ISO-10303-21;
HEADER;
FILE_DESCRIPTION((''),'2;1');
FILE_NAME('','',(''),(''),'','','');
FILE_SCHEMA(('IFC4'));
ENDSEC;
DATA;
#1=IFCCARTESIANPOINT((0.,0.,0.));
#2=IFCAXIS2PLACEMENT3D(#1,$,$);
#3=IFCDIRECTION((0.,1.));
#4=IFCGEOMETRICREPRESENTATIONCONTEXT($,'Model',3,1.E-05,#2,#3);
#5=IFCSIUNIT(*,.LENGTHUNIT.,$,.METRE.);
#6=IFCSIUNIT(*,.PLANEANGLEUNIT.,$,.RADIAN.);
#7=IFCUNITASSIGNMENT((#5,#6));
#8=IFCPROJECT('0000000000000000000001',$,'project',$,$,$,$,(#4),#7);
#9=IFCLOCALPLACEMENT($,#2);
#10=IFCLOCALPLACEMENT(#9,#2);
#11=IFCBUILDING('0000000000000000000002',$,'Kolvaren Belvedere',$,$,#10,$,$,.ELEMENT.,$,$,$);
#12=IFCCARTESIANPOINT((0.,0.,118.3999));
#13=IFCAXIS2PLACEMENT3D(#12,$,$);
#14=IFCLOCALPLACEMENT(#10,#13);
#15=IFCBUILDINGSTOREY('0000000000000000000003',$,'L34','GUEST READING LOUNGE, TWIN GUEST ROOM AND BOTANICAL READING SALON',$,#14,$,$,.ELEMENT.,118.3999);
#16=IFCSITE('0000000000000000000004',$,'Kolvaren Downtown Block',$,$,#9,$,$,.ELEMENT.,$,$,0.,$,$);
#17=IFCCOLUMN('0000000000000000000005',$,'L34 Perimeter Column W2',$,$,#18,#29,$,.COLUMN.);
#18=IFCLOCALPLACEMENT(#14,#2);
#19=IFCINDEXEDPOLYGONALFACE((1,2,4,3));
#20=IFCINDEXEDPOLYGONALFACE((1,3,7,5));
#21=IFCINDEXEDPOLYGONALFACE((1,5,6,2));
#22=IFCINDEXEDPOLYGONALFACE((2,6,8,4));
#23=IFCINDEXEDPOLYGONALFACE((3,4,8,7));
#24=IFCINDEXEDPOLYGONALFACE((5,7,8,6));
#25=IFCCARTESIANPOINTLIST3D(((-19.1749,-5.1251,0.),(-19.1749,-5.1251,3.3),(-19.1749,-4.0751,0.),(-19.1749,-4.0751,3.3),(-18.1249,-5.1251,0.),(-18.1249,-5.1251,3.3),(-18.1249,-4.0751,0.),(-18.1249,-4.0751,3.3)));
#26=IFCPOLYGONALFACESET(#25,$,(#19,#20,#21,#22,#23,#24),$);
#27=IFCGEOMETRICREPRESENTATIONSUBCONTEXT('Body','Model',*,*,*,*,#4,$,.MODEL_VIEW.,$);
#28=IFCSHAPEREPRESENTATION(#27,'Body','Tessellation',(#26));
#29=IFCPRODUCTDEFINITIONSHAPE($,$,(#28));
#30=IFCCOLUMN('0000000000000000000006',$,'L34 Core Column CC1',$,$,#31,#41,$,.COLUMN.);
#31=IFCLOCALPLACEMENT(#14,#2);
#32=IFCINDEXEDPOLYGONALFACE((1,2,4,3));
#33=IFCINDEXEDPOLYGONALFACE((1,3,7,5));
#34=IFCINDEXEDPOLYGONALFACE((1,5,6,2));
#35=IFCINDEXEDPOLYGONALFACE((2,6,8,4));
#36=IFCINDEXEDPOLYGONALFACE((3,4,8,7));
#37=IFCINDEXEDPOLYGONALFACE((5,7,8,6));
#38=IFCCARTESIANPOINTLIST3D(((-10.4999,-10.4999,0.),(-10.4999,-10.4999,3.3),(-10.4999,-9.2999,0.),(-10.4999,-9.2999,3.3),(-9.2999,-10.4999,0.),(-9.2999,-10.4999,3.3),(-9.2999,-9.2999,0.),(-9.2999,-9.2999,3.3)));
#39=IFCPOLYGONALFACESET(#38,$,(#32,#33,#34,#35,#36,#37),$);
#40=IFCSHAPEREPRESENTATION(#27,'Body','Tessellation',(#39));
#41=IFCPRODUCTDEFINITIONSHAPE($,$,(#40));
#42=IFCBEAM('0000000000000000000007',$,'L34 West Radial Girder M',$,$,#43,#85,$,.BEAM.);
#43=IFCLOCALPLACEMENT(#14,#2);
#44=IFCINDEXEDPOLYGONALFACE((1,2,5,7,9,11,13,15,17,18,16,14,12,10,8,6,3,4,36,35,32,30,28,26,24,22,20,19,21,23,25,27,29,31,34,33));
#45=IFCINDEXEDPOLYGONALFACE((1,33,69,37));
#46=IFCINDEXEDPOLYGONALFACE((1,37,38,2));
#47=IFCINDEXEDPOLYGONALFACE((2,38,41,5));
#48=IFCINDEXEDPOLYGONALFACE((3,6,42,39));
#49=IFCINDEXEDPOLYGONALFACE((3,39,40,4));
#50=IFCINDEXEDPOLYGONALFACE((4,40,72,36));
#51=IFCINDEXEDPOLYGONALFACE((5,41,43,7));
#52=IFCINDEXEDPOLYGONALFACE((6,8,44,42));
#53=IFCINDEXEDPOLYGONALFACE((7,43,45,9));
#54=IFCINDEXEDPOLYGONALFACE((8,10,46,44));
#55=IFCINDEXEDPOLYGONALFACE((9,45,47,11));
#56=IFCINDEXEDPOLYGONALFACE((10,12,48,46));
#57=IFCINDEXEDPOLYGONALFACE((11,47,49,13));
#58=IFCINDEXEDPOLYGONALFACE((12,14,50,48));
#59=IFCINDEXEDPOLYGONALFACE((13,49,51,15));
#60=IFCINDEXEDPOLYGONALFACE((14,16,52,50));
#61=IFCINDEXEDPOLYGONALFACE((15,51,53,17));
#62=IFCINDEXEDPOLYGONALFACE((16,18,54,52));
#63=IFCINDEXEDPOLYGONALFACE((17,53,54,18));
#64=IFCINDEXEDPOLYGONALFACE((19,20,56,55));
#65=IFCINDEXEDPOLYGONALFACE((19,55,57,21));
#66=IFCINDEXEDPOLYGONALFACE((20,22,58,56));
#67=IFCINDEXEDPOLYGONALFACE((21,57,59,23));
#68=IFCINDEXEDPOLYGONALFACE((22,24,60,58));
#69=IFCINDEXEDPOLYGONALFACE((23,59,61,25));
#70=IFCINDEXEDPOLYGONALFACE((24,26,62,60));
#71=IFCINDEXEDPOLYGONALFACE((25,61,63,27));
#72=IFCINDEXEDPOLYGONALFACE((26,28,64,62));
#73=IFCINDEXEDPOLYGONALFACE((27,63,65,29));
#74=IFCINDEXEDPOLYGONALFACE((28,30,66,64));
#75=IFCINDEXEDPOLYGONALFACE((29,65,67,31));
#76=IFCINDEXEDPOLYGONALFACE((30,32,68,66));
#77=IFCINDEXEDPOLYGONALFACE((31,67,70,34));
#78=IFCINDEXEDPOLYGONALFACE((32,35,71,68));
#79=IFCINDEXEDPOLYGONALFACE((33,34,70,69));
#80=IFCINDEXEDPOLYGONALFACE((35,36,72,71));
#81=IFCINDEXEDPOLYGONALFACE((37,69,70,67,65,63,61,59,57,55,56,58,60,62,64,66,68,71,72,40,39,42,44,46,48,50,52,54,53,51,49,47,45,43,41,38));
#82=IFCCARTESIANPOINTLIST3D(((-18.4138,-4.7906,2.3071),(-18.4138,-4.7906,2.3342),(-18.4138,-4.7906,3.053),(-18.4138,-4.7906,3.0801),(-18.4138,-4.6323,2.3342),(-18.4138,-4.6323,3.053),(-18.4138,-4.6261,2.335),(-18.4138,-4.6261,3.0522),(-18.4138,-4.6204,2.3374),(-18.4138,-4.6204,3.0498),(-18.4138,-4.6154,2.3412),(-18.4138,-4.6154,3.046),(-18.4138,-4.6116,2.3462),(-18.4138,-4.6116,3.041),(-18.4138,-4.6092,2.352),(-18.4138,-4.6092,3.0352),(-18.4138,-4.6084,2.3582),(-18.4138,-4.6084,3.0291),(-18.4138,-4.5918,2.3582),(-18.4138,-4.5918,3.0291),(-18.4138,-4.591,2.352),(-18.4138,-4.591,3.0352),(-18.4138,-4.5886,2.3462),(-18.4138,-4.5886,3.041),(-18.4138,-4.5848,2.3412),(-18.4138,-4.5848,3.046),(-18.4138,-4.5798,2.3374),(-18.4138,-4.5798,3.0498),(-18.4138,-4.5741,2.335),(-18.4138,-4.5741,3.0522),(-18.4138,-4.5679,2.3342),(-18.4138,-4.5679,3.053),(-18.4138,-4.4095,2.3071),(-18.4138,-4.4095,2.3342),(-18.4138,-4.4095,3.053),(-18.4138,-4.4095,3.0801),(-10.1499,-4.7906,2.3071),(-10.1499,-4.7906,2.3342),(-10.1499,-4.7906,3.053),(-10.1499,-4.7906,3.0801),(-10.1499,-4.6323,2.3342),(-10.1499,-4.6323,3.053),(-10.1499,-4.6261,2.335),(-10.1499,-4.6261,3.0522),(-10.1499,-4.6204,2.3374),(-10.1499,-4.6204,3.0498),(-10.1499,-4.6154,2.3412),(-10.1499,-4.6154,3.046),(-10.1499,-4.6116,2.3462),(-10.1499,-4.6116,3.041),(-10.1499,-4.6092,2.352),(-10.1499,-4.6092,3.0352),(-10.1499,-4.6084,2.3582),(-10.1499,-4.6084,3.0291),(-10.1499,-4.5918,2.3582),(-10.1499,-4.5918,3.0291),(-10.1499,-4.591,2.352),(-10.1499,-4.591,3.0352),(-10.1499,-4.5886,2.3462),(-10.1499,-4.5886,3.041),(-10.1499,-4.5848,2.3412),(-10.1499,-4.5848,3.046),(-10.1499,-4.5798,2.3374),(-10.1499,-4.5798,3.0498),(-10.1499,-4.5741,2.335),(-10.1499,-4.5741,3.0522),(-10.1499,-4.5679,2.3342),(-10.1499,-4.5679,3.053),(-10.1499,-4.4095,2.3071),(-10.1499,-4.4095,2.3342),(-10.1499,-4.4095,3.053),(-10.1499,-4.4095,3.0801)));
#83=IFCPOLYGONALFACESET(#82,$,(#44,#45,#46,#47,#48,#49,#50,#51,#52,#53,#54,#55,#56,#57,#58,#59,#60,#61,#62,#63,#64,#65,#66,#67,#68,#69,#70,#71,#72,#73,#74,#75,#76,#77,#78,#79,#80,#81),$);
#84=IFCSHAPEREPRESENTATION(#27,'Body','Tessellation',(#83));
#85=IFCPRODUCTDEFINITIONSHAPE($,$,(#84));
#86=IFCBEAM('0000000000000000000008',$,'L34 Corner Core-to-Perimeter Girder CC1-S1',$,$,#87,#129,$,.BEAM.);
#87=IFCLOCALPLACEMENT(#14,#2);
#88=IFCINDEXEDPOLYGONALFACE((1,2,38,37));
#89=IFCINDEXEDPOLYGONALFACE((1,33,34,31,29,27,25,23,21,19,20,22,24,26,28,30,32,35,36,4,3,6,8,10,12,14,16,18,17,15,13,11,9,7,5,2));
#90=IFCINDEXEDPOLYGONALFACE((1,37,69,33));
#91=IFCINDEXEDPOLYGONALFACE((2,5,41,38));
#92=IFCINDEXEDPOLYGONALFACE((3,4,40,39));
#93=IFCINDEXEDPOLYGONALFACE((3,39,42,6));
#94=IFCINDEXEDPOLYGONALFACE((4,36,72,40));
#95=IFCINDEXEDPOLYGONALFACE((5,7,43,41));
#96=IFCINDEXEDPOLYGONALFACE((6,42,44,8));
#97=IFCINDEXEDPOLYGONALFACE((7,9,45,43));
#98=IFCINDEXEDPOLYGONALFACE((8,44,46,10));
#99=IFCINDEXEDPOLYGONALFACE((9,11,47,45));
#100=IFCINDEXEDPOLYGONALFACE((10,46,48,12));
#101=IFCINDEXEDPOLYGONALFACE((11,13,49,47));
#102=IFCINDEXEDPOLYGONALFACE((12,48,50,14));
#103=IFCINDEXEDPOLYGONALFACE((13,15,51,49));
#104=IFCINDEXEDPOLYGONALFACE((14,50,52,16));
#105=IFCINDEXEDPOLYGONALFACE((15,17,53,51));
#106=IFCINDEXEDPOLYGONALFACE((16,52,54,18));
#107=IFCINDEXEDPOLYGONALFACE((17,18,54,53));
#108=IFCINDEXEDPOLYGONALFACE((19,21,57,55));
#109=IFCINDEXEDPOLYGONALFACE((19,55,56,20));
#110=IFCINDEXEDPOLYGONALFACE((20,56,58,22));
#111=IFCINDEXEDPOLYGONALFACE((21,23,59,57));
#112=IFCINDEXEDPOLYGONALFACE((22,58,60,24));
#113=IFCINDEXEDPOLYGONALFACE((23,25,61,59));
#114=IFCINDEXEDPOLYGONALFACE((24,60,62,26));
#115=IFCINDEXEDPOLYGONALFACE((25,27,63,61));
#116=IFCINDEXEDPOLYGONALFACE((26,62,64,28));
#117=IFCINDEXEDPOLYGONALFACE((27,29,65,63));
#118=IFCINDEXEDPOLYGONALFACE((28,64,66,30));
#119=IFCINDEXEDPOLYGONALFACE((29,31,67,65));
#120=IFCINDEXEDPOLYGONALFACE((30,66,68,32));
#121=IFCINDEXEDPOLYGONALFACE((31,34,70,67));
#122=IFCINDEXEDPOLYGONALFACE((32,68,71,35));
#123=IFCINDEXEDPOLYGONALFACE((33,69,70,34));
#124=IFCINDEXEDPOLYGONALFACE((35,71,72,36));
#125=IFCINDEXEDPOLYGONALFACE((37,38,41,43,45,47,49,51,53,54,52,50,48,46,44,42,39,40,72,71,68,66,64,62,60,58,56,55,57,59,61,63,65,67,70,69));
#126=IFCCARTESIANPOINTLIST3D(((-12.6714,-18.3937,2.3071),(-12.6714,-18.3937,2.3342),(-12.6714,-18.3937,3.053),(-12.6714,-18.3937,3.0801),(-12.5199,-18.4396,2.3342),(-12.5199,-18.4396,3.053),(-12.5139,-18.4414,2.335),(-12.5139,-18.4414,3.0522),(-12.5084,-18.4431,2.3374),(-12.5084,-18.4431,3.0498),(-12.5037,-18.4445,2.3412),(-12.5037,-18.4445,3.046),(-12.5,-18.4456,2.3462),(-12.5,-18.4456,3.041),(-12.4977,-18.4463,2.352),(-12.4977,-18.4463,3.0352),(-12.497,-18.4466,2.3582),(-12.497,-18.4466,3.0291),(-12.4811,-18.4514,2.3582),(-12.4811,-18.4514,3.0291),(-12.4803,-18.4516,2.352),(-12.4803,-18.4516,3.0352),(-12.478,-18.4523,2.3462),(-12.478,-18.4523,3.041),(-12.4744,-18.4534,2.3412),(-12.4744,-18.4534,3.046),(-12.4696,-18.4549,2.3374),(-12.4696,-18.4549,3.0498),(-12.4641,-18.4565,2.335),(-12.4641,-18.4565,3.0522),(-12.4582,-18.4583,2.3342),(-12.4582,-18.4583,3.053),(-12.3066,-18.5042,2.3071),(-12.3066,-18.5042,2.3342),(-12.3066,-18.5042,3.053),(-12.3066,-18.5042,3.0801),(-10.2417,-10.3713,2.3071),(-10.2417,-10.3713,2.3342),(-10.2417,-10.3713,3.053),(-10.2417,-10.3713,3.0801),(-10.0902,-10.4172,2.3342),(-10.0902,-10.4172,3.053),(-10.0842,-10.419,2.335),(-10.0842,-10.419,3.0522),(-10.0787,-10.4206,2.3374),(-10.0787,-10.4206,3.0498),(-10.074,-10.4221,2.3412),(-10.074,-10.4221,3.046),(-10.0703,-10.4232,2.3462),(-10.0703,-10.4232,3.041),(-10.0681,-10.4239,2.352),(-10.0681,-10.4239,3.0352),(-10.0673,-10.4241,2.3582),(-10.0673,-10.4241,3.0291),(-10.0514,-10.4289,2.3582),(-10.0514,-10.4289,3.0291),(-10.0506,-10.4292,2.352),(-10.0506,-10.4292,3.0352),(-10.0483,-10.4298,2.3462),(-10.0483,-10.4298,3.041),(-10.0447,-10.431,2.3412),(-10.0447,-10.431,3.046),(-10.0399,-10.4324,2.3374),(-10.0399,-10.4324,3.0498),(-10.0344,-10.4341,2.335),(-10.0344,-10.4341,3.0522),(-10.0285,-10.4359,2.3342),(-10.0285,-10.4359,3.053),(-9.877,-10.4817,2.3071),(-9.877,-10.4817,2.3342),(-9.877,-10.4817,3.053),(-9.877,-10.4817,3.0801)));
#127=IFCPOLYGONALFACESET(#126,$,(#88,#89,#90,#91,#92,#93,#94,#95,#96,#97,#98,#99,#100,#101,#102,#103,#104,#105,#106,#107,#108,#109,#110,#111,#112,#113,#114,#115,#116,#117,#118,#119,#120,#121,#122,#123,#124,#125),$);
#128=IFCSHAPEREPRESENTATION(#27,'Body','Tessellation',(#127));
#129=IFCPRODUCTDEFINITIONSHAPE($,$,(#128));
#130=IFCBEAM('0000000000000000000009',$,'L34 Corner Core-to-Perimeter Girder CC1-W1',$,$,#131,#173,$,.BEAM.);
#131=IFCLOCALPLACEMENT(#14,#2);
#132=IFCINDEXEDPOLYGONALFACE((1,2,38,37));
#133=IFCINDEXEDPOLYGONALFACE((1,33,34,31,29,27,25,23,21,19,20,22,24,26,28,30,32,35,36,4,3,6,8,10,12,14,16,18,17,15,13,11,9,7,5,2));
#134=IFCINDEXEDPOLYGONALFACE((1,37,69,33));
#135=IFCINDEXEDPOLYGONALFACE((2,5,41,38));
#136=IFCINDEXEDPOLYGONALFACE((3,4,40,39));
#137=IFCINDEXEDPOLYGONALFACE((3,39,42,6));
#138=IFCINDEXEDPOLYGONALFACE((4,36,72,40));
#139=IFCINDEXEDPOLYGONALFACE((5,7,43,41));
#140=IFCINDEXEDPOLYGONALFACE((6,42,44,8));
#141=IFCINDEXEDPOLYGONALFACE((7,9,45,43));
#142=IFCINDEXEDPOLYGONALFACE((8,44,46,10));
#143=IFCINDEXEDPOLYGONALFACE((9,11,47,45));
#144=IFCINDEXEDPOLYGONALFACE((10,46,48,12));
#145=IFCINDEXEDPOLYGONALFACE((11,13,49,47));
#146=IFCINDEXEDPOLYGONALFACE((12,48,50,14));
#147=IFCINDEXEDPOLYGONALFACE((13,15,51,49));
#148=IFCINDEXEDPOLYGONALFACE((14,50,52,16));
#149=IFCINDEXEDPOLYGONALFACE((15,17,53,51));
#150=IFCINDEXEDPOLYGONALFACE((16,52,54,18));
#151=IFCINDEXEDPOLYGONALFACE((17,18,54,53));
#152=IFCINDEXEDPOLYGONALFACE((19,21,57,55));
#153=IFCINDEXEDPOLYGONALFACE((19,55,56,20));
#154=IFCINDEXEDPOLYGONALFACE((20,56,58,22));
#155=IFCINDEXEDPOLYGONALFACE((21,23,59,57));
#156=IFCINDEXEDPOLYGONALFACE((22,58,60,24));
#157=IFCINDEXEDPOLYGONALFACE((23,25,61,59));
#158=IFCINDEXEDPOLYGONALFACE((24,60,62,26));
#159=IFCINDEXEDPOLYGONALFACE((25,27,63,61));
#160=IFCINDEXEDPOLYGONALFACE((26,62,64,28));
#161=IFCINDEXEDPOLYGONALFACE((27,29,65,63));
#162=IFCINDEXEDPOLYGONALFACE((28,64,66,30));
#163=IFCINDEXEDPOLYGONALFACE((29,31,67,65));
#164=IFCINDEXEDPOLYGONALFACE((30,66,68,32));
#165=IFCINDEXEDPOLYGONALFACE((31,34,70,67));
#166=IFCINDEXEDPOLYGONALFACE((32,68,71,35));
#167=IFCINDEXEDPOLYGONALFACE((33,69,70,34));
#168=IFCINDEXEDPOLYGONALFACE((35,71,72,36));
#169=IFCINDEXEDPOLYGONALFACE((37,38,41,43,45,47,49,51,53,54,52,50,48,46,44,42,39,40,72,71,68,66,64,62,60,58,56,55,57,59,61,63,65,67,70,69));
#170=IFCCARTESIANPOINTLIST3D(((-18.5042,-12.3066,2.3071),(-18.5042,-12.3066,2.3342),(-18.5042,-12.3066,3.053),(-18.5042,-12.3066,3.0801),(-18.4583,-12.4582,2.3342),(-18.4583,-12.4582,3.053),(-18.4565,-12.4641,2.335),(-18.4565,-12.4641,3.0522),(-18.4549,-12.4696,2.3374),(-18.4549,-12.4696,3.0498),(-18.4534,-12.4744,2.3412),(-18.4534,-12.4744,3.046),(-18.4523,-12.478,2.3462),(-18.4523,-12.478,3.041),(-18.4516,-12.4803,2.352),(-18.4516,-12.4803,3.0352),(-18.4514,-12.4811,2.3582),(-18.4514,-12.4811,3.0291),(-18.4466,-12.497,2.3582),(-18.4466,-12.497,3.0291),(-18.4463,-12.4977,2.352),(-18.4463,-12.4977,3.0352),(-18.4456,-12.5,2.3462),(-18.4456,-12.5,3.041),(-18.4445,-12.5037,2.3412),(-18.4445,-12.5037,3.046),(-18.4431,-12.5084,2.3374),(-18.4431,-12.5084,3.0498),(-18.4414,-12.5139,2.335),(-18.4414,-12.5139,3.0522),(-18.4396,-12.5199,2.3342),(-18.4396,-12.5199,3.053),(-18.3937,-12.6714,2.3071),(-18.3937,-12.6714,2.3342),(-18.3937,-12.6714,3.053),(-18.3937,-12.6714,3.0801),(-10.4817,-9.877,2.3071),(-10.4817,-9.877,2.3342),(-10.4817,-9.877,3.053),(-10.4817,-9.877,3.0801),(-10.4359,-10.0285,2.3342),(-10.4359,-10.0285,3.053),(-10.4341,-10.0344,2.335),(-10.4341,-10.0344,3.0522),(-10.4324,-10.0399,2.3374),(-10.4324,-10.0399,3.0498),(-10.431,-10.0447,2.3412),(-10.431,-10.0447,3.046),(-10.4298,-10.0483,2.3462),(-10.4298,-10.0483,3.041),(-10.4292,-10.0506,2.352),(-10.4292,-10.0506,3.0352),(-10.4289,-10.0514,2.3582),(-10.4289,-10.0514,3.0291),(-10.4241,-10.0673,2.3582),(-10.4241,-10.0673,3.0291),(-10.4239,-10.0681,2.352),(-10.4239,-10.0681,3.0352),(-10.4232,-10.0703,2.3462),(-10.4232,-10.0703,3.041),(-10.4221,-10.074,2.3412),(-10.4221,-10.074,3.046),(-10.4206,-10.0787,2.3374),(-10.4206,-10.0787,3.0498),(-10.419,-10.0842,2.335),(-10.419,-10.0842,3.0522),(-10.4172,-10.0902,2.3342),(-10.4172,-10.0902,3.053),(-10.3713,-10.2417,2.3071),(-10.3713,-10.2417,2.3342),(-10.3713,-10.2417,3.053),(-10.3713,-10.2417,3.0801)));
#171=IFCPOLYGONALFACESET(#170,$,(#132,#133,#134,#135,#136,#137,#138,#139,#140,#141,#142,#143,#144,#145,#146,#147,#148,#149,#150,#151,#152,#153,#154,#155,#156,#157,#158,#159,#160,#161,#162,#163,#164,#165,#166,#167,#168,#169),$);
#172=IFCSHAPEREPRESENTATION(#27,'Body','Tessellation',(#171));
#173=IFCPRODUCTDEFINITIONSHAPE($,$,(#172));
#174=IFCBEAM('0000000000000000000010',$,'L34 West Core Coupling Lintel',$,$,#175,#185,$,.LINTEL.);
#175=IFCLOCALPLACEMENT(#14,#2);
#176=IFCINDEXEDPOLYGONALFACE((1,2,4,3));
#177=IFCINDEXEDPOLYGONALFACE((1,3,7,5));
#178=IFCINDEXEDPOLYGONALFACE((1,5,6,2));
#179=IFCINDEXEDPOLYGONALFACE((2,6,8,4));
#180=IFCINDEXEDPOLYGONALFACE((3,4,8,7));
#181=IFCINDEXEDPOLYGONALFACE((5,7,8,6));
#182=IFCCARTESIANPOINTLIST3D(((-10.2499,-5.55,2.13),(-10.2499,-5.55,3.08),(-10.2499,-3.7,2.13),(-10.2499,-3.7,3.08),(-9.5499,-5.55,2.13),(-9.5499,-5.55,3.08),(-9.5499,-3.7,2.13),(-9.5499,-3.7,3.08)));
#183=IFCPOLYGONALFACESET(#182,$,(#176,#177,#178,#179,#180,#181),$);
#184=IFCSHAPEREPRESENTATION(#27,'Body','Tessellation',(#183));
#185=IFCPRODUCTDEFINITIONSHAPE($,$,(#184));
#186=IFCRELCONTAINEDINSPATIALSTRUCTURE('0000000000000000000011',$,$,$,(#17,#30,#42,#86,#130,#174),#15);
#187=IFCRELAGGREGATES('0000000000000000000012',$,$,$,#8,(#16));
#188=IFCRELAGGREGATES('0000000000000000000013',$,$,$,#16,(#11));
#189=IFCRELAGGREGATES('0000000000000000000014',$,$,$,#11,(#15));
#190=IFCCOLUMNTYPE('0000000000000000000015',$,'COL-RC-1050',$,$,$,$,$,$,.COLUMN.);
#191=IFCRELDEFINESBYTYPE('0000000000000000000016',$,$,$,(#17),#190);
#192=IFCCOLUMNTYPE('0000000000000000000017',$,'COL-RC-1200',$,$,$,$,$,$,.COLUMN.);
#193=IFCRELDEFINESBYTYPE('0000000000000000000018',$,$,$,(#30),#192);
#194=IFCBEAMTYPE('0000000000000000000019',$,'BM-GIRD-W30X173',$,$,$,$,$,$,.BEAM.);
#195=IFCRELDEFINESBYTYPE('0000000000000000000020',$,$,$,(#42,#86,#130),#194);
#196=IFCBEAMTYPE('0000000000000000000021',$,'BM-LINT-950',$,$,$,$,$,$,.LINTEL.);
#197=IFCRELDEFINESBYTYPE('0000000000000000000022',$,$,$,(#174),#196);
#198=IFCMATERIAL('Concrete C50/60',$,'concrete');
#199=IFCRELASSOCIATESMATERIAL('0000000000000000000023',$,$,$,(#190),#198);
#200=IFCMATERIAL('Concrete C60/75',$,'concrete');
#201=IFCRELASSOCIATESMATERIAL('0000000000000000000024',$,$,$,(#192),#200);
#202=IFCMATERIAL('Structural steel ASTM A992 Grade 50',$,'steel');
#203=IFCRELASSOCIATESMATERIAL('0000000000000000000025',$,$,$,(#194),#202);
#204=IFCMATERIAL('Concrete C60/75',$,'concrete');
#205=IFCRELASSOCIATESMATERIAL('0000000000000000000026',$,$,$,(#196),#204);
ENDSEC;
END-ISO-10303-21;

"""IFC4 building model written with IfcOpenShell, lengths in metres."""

from ifc_helpers import new_model, si_unit, direction, frame, origin, origin_2d, place, context, subcontext, project, spatial, rectangle, i_section, extrude, material, material_profile, profile_set, type_object, element, save


model = new_model("IFC4")

# Units and contexts
model_context = context("Model", 3, precision=1e-05, world=origin(), true_north=direction((0.0, 1.0)))
body_context = subcontext(model_context, "Body", "Model", "MODEL_VIEW")
ifc_project = project(units=[si_unit("LENGTHUNIT", "METRE"), si_unit("PLANEANGLEUNIT", "RADIAN")], contexts=[model_context])

# Site, building, storey
site_placement = place(None, origin())
site = spatial("IfcSite", under=ifc_project, at=site_placement, Name="Kolvaren Downtown Block", CompositionType="ELEMENT", RefElevation=0.0)
building_placement = place(site_placement, origin())
building = spatial("IfcBuilding", under=site, at=building_placement, Name="Kolvaren Belvedere", CompositionType="ELEMENT")
storey_placement = place(building_placement, frame((0.0, 0.0, 118.3999)))
storey = spatial("IfcBuildingStorey", under=building, at=storey_placement, Name="L34", Description="GUEST READING LOUNGE, TWIN GUEST ROOM AND BOTANICAL READING SALON", CompositionType="ELEMENT", Elevation=118.3999)

# Columns
ifc_material_1 = material(Name="Concrete C50/60", Category="concrete")
ifc_material_profile_1 = material_profile(ifc_material_1, rectangle(XDim=1.05, YDim=1.05, at=origin_2d()), Name="RC 1050X1050")
ifc_profile_set_1 = profile_set([ifc_material_profile_1], Name="Concrete C50/60")
column_type_1 = type_object("IfcColumnType", Name="COL-RC-1050", PredefinedType="COLUMN", material=ifc_profile_set_1)
column_1_placement = place(storey_placement, frame((-18.6499, -4.6001, 0.0), z_axis=(0.0, 0.0, 1.0), x_axis=(1.0, 0.0, 0.0)))
element("IfcColumn", 1, at=column_1_placement, inside=storey, type_object=column_type_1, Name="L34 Perimeter Column W2", PredefinedType="COLUMN", context=body_context, shape_type="SweptSolid", body=[
    extrude(rectangle(XDim=1.05, YDim=1.05, at=origin_2d()), origin(), (0.0, 0.0, 1.0), 3.3),
])
ifc_material_2 = material(Name="Concrete C60/75", Category="concrete")
ifc_material_profile_2 = material_profile(ifc_material_2, rectangle(XDim=1.2, YDim=1.2, at=origin_2d()), Name="RC 1200X1200")
ifc_profile_set_2 = profile_set([ifc_material_profile_2], Name="Concrete C60/75")
column_type_2 = type_object("IfcColumnType", Name="COL-RC-1200", PredefinedType="COLUMN", material=ifc_profile_set_2)
column_2_placement = place(storey_placement, frame((-9.8999, -9.8999, 0.0), z_axis=(0.0, 0.0, 1.0), x_axis=(1.0, 0.0, 0.0)))
element("IfcColumn", 2, at=column_2_placement, inside=storey, type_object=column_type_2, Name="L34 Core Column CC1", PredefinedType="COLUMN", context=body_context, shape_type="SweptSolid", body=[
    extrude(rectangle(XDim=1.2, YDim=1.2, at=origin_2d()), origin(), (0.0, 0.0, 1.0), 3.3),
])

# Beams
ifc_material_3 = material(Name="Structural steel ASTM A992 Grade 50", Category="steel")
ifc_material_profile_3 = material_profile(ifc_material_3, i_section(OverallWidth=0.3811, OverallDepth=0.7729, WebThickness=0.0166, FlangeThickness=0.0271, FilletRadius=0.0239, at=origin_2d()), Name="W30X173")
ifc_profile_set_3 = profile_set([ifc_material_profile_3], Name="Structural steel ASTM A992 Grade 50")
beam_type_1 = type_object("IfcBeamType", Name="BM-GIRD-W30X173", PredefinedType="BEAM", material=ifc_profile_set_3)
beam_1_placement = place(storey_placement, frame((-10.1499, -4.6001, 2.6936), z_axis=(-1.0, 0.0, 0.0), x_axis=(0.0, -1.0, 0.0)))
element("IfcBeam", 3, at=beam_1_placement, inside=storey, type_object=beam_type_1, Name="L34 West Radial Girder M", PredefinedType="BEAM", context=body_context, shape_type="SweptSolid", body=[
    extrude(i_section(OverallWidth=0.3811, OverallDepth=0.7729, WebThickness=0.0166, FlangeThickness=0.0271, FilletRadius=0.0239, at=origin_2d()), origin(), (0.0, 0.0, 1.0), 8.2639),
])
for number, where, z_axis, x_axis, name in (
    (4, (-10.0593, -10.4265, 2.6936), (-0.289859, -0.957069, 0.0), (0.957069, -0.289859, 0.0), "L34 Corner Core-to-Perimeter Girder CC1-S1"),
    (5, (-10.4265, -10.0593, 2.6936), (-0.957069, -0.289859, 0.0), (0.289859, -0.957069, 0.0), "L34 Corner Core-to-Perimeter Girder CC1-W1"),
):
    element("IfcBeam", number, at=place(storey_placement, frame(where, z_axis=z_axis, x_axis=x_axis)), inside=storey, type_object=beam_type_1, Name=name, PredefinedType="BEAM", context=body_context, shape_type="SweptSolid", body=[
        extrude(i_section(OverallWidth=0.3811, OverallDepth=0.7729, WebThickness=0.0166, FlangeThickness=0.0271, FilletRadius=0.0239, at=origin_2d()), origin(), (0.0, 0.0, 1.0), 8.3823),
    ])
ifc_material_4 = material(Name="Concrete C60/75", Category="concrete")
ifc_material_profile_4 = material_profile(ifc_material_4, rectangle(XDim=0.7, YDim=0.95, at=origin_2d()), Name="RC 700X950")
ifc_profile_set_4 = profile_set([ifc_material_profile_4], Name="Concrete C60/75")
beam_type_2 = type_object("IfcBeamType", Name="BM-LINT-950", PredefinedType="LINTEL", material=ifc_profile_set_4)
beam_2_placement = place(storey_placement, frame((-9.8999, -5.55, 2.605), z_axis=(0.0, 1.0, 0.0), x_axis=(-1.0, 0.0, 0.0)))
element("IfcBeam", 6, at=beam_2_placement, inside=storey, type_object=beam_type_2, Name="L34 West Core Coupling Lintel", PredefinedType="LINTEL", context=body_context, shape_type="SweptSolid", body=[
    extrude(rectangle(XDim=0.7, YDim=0.95, at=origin_2d()), origin(), (0.0, 0.0, 1.0), 1.8501),
])

save(model, "model.ifc")
